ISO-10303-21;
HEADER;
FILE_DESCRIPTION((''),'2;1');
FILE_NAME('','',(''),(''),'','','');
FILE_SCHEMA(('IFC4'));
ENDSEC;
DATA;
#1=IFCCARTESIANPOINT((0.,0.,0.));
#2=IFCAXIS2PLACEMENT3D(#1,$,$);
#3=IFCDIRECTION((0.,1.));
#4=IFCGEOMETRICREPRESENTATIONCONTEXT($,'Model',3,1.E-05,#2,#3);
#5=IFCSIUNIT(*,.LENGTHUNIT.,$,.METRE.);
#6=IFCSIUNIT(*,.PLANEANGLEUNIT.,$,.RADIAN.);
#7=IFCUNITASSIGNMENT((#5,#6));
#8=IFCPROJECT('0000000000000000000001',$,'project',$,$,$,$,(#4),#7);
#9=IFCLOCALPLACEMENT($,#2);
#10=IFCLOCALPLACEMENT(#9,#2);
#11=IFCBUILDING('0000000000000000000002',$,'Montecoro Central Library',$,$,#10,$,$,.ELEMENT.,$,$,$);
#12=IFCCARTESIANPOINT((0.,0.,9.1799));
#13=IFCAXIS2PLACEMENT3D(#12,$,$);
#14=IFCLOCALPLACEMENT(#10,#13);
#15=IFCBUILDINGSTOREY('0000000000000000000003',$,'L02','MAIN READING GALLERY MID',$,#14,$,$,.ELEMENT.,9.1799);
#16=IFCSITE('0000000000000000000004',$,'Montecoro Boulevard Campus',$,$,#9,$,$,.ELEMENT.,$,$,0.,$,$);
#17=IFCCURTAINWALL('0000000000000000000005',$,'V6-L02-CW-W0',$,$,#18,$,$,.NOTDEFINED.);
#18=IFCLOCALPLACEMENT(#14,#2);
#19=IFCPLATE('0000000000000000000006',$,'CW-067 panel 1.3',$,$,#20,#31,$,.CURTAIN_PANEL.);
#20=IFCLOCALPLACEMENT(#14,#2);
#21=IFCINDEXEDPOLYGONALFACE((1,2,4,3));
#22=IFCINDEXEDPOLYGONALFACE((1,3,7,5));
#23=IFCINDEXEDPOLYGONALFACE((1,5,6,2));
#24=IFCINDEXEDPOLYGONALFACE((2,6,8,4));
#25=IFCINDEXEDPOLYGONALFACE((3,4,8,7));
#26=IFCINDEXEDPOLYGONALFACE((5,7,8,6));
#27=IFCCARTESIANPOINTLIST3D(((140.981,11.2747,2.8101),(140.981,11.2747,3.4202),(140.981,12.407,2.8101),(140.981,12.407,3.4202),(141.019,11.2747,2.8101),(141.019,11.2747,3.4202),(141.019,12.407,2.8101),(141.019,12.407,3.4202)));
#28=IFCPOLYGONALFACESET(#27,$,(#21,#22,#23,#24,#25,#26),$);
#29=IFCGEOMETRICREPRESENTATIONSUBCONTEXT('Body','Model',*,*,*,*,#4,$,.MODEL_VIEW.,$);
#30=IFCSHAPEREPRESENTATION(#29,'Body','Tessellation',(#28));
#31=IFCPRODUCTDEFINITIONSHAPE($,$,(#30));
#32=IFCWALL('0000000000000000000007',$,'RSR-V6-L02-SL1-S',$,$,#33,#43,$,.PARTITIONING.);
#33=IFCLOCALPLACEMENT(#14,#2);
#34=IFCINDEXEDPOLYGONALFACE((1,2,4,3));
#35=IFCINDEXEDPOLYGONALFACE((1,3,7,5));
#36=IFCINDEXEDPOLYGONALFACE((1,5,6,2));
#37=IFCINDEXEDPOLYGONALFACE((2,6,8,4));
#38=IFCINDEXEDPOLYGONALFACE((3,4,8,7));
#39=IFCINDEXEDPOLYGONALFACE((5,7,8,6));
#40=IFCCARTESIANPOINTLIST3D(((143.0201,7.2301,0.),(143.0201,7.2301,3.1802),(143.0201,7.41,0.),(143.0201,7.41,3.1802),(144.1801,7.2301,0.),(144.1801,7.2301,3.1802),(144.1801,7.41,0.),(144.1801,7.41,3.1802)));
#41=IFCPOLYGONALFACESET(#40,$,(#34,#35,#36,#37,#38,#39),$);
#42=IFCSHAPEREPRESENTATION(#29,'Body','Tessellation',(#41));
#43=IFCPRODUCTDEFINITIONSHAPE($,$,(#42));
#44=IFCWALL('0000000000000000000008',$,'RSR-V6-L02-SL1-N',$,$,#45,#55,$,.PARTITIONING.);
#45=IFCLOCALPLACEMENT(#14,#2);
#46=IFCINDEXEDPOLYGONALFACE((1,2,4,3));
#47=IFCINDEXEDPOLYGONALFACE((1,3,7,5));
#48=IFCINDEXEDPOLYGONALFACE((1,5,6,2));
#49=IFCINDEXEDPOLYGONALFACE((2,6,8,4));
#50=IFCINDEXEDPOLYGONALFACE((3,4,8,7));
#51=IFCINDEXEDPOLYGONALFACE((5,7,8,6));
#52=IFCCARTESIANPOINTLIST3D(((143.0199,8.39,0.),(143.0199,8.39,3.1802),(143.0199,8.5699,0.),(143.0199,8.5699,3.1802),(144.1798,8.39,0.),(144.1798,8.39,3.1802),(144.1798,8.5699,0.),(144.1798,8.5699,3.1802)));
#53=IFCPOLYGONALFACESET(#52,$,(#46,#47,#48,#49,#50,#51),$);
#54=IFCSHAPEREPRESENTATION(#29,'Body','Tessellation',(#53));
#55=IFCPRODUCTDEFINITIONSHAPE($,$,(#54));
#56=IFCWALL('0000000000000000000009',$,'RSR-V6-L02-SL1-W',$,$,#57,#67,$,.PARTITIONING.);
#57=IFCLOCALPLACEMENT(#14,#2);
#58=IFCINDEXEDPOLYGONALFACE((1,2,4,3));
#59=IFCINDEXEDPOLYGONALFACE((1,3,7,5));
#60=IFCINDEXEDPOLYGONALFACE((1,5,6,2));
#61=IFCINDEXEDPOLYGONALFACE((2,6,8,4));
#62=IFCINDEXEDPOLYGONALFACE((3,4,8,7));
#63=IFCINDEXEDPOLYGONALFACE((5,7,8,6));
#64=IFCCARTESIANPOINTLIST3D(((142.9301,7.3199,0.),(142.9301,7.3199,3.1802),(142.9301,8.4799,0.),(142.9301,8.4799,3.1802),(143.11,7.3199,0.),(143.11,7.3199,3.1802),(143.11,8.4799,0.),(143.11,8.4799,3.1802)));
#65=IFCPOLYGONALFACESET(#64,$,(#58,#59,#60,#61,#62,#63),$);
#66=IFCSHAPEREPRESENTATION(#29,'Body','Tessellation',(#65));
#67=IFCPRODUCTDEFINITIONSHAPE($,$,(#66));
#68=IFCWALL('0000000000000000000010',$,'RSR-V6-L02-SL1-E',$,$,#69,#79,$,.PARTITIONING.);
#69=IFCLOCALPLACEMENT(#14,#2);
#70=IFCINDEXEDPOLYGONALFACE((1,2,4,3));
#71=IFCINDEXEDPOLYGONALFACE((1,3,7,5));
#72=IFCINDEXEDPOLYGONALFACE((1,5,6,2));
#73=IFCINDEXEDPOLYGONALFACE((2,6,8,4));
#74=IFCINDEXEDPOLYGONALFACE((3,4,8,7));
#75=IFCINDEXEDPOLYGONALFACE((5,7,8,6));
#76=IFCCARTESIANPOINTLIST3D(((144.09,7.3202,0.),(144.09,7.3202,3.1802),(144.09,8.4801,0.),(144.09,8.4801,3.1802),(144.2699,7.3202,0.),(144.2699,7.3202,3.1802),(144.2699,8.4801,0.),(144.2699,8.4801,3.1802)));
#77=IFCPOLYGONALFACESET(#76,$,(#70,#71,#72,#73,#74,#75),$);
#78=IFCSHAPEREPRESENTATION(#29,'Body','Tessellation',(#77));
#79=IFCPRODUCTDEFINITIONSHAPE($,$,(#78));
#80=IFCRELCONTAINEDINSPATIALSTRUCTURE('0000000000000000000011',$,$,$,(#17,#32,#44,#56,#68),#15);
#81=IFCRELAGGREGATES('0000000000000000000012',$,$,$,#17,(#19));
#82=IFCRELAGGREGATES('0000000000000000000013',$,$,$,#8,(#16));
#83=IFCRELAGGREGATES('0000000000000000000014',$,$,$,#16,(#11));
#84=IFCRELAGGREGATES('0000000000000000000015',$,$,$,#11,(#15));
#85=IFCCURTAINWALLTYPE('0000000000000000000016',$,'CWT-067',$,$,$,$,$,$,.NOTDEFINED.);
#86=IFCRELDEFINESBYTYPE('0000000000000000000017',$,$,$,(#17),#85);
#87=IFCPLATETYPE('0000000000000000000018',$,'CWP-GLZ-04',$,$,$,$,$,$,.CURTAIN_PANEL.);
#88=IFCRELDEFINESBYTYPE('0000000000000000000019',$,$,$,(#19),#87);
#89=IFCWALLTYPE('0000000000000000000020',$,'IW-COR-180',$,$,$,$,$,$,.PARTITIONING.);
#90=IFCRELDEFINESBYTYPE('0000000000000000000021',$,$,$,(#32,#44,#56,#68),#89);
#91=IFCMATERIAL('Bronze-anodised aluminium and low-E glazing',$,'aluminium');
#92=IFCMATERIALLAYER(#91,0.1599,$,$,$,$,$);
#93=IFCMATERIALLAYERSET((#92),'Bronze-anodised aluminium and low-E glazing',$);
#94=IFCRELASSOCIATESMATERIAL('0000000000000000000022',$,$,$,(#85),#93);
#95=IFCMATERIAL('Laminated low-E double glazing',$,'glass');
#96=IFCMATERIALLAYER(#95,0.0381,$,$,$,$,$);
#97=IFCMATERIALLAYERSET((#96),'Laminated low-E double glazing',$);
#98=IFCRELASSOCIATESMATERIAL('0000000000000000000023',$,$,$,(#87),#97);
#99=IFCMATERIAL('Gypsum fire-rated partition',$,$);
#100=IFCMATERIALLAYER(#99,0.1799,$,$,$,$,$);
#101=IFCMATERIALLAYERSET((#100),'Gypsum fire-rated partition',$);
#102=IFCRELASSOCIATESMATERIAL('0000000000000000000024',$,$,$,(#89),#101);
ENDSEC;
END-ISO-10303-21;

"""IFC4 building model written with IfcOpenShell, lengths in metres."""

from ifc_helpers import new_model, si_unit, direction, frame, frame_2d, origin, origin_2d, place, context, subcontext, project, spatial, rectangle, extrude, material, layer, layer_set, type_object, element, aggregate, save


model = new_model("IFC4")

# Units and contexts
model_context = context("Model", 3, precision=1e-05, world=origin(), true_north=direction((0.0, 1.0)))
body_context = subcontext(model_context, "Body", "Model", "MODEL_VIEW")
ifc_project = project(units=[si_unit("LENGTHUNIT", "METRE"), si_unit("PLANEANGLEUNIT", "RADIAN")], contexts=[model_context])

# Site, building, storey
site_placement = place(None, origin())
site = spatial("IfcSite", under=ifc_project, at=site_placement, Name="Montecoro Boulevard Campus", CompositionType="ELEMENT", RefElevation=0.0)
building_placement = place(site_placement, origin())
building = spatial("IfcBuilding", under=site, at=building_placement, Name="Montecoro Central Library", CompositionType="ELEMENT")
storey_placement = place(building_placement, frame((0.0, 0.0, 9.1799)))
storey = spatial("IfcBuildingStorey", under=building, at=storey_placement, Name="L02", Description="MAIN READING GALLERY MID", CompositionType="ELEMENT", Elevation=9.1799)

# Curtain wall
ifc_material_1 = material(Name="Bronze-anodised aluminium and low-E glazing", Category="aluminium")
ifc_layer_1 = layer(ifc_material_1, 0.1599)
ifc_layer_set_1 = layer_set([ifc_layer_1], Name="Bronze-anodised aluminium and low-E glazing")
curtain_wall_type_1 = type_object("IfcCurtainWallType", Name="CWT-067", PredefinedType="NOTDEFINED", material=ifc_layer_set_1)
curtain_wall_1_placement = place(storey_placement, origin())
curtain_wall_1 = element("IfcCurtainWall", 1, at=curtain_wall_1_placement, inside=storey, type_object=curtain_wall_type_1, Name="V6-L02-CW-W0", PredefinedType="NOTDEFINED")

# Plate
ifc_material_2 = material(Name="Laminated low-E double glazing", Category="glass")
ifc_layer_2 = layer(ifc_material_2, 0.0381)
ifc_layer_set_2 = layer_set([ifc_layer_2], Name="Laminated low-E double glazing")
plate_type = type_object("IfcPlateType", Name="CWP-GLZ-04", PredefinedType="CURTAIN_PANEL", material=ifc_layer_set_2)
plate_1_placement = place(storey_placement, frame((141.0, 11.8408, 2.8101), z_axis=(0.0, 0.0, 1.0), x_axis=(0.0, -1.0, 0.0)))
plate_1 = element("IfcPlate", 2, at=plate_1_placement, type_object=plate_type, Name="CW-067 panel 1.3", PredefinedType="CURTAIN_PANEL", context=body_context, shape_type="SweptSolid", body=[
    extrude(rectangle(XDim=1.1323, YDim=0.0381, at=origin_2d()), origin(), (0.0, 0.0, 1.0), 0.6101),
])
aggregate(curtain_wall_1, [plate_1])

# Walls
ifc_material_3 = material(Name="Gypsum fire-rated partition")
ifc_layer_3 = layer(ifc_material_3, 0.1799)
ifc_layer_set_3 = layer_set([ifc_layer_3], Name="Gypsum fire-rated partition")
wall_type = type_object("IfcWallType", Name="IW-COR-180", PredefinedType="PARTITIONING", material=ifc_layer_set_3)
for number, where, z_axis, x_axis, name in (
    (3, (143.02, 7.3201, 0.0), (0.0, 0.0, 1.0), (1.0, 0.0, 0.0), "RSR-V6-L02-SL1-S"),
    (4, (144.1799, 8.48, 0.0), (0.0, 0.0, 1.0), (-1.0, 0.0, 0.0), "RSR-V6-L02-SL1-N"),
    (5, (143.02, 8.48, 0.0), (0.0, 0.0, 1.0), (0.0, -1.0, 0.0), "RSR-V6-L02-SL1-W"),
    (6, (144.1799, 7.3201, 0.0), (0.0, 0.0, 1.0), (0.0, 1.0, 0.0), "RSR-V6-L02-SL1-E"),
):
    element("IfcWall", number, at=place(storey_placement, frame(where, z_axis=z_axis, x_axis=x_axis)), inside=storey, type_object=wall_type, Name=name, PredefinedType="PARTITIONING", context=body_context, shape_type="SweptSolid", body=[
        extrude(rectangle(XDim=1.1599, YDim=0.1799, at=frame_2d((0.5801, 0.0))), origin(), (0.0, 0.0, 1.0), 3.1802),
    ])

save(model, "model.ifc")
